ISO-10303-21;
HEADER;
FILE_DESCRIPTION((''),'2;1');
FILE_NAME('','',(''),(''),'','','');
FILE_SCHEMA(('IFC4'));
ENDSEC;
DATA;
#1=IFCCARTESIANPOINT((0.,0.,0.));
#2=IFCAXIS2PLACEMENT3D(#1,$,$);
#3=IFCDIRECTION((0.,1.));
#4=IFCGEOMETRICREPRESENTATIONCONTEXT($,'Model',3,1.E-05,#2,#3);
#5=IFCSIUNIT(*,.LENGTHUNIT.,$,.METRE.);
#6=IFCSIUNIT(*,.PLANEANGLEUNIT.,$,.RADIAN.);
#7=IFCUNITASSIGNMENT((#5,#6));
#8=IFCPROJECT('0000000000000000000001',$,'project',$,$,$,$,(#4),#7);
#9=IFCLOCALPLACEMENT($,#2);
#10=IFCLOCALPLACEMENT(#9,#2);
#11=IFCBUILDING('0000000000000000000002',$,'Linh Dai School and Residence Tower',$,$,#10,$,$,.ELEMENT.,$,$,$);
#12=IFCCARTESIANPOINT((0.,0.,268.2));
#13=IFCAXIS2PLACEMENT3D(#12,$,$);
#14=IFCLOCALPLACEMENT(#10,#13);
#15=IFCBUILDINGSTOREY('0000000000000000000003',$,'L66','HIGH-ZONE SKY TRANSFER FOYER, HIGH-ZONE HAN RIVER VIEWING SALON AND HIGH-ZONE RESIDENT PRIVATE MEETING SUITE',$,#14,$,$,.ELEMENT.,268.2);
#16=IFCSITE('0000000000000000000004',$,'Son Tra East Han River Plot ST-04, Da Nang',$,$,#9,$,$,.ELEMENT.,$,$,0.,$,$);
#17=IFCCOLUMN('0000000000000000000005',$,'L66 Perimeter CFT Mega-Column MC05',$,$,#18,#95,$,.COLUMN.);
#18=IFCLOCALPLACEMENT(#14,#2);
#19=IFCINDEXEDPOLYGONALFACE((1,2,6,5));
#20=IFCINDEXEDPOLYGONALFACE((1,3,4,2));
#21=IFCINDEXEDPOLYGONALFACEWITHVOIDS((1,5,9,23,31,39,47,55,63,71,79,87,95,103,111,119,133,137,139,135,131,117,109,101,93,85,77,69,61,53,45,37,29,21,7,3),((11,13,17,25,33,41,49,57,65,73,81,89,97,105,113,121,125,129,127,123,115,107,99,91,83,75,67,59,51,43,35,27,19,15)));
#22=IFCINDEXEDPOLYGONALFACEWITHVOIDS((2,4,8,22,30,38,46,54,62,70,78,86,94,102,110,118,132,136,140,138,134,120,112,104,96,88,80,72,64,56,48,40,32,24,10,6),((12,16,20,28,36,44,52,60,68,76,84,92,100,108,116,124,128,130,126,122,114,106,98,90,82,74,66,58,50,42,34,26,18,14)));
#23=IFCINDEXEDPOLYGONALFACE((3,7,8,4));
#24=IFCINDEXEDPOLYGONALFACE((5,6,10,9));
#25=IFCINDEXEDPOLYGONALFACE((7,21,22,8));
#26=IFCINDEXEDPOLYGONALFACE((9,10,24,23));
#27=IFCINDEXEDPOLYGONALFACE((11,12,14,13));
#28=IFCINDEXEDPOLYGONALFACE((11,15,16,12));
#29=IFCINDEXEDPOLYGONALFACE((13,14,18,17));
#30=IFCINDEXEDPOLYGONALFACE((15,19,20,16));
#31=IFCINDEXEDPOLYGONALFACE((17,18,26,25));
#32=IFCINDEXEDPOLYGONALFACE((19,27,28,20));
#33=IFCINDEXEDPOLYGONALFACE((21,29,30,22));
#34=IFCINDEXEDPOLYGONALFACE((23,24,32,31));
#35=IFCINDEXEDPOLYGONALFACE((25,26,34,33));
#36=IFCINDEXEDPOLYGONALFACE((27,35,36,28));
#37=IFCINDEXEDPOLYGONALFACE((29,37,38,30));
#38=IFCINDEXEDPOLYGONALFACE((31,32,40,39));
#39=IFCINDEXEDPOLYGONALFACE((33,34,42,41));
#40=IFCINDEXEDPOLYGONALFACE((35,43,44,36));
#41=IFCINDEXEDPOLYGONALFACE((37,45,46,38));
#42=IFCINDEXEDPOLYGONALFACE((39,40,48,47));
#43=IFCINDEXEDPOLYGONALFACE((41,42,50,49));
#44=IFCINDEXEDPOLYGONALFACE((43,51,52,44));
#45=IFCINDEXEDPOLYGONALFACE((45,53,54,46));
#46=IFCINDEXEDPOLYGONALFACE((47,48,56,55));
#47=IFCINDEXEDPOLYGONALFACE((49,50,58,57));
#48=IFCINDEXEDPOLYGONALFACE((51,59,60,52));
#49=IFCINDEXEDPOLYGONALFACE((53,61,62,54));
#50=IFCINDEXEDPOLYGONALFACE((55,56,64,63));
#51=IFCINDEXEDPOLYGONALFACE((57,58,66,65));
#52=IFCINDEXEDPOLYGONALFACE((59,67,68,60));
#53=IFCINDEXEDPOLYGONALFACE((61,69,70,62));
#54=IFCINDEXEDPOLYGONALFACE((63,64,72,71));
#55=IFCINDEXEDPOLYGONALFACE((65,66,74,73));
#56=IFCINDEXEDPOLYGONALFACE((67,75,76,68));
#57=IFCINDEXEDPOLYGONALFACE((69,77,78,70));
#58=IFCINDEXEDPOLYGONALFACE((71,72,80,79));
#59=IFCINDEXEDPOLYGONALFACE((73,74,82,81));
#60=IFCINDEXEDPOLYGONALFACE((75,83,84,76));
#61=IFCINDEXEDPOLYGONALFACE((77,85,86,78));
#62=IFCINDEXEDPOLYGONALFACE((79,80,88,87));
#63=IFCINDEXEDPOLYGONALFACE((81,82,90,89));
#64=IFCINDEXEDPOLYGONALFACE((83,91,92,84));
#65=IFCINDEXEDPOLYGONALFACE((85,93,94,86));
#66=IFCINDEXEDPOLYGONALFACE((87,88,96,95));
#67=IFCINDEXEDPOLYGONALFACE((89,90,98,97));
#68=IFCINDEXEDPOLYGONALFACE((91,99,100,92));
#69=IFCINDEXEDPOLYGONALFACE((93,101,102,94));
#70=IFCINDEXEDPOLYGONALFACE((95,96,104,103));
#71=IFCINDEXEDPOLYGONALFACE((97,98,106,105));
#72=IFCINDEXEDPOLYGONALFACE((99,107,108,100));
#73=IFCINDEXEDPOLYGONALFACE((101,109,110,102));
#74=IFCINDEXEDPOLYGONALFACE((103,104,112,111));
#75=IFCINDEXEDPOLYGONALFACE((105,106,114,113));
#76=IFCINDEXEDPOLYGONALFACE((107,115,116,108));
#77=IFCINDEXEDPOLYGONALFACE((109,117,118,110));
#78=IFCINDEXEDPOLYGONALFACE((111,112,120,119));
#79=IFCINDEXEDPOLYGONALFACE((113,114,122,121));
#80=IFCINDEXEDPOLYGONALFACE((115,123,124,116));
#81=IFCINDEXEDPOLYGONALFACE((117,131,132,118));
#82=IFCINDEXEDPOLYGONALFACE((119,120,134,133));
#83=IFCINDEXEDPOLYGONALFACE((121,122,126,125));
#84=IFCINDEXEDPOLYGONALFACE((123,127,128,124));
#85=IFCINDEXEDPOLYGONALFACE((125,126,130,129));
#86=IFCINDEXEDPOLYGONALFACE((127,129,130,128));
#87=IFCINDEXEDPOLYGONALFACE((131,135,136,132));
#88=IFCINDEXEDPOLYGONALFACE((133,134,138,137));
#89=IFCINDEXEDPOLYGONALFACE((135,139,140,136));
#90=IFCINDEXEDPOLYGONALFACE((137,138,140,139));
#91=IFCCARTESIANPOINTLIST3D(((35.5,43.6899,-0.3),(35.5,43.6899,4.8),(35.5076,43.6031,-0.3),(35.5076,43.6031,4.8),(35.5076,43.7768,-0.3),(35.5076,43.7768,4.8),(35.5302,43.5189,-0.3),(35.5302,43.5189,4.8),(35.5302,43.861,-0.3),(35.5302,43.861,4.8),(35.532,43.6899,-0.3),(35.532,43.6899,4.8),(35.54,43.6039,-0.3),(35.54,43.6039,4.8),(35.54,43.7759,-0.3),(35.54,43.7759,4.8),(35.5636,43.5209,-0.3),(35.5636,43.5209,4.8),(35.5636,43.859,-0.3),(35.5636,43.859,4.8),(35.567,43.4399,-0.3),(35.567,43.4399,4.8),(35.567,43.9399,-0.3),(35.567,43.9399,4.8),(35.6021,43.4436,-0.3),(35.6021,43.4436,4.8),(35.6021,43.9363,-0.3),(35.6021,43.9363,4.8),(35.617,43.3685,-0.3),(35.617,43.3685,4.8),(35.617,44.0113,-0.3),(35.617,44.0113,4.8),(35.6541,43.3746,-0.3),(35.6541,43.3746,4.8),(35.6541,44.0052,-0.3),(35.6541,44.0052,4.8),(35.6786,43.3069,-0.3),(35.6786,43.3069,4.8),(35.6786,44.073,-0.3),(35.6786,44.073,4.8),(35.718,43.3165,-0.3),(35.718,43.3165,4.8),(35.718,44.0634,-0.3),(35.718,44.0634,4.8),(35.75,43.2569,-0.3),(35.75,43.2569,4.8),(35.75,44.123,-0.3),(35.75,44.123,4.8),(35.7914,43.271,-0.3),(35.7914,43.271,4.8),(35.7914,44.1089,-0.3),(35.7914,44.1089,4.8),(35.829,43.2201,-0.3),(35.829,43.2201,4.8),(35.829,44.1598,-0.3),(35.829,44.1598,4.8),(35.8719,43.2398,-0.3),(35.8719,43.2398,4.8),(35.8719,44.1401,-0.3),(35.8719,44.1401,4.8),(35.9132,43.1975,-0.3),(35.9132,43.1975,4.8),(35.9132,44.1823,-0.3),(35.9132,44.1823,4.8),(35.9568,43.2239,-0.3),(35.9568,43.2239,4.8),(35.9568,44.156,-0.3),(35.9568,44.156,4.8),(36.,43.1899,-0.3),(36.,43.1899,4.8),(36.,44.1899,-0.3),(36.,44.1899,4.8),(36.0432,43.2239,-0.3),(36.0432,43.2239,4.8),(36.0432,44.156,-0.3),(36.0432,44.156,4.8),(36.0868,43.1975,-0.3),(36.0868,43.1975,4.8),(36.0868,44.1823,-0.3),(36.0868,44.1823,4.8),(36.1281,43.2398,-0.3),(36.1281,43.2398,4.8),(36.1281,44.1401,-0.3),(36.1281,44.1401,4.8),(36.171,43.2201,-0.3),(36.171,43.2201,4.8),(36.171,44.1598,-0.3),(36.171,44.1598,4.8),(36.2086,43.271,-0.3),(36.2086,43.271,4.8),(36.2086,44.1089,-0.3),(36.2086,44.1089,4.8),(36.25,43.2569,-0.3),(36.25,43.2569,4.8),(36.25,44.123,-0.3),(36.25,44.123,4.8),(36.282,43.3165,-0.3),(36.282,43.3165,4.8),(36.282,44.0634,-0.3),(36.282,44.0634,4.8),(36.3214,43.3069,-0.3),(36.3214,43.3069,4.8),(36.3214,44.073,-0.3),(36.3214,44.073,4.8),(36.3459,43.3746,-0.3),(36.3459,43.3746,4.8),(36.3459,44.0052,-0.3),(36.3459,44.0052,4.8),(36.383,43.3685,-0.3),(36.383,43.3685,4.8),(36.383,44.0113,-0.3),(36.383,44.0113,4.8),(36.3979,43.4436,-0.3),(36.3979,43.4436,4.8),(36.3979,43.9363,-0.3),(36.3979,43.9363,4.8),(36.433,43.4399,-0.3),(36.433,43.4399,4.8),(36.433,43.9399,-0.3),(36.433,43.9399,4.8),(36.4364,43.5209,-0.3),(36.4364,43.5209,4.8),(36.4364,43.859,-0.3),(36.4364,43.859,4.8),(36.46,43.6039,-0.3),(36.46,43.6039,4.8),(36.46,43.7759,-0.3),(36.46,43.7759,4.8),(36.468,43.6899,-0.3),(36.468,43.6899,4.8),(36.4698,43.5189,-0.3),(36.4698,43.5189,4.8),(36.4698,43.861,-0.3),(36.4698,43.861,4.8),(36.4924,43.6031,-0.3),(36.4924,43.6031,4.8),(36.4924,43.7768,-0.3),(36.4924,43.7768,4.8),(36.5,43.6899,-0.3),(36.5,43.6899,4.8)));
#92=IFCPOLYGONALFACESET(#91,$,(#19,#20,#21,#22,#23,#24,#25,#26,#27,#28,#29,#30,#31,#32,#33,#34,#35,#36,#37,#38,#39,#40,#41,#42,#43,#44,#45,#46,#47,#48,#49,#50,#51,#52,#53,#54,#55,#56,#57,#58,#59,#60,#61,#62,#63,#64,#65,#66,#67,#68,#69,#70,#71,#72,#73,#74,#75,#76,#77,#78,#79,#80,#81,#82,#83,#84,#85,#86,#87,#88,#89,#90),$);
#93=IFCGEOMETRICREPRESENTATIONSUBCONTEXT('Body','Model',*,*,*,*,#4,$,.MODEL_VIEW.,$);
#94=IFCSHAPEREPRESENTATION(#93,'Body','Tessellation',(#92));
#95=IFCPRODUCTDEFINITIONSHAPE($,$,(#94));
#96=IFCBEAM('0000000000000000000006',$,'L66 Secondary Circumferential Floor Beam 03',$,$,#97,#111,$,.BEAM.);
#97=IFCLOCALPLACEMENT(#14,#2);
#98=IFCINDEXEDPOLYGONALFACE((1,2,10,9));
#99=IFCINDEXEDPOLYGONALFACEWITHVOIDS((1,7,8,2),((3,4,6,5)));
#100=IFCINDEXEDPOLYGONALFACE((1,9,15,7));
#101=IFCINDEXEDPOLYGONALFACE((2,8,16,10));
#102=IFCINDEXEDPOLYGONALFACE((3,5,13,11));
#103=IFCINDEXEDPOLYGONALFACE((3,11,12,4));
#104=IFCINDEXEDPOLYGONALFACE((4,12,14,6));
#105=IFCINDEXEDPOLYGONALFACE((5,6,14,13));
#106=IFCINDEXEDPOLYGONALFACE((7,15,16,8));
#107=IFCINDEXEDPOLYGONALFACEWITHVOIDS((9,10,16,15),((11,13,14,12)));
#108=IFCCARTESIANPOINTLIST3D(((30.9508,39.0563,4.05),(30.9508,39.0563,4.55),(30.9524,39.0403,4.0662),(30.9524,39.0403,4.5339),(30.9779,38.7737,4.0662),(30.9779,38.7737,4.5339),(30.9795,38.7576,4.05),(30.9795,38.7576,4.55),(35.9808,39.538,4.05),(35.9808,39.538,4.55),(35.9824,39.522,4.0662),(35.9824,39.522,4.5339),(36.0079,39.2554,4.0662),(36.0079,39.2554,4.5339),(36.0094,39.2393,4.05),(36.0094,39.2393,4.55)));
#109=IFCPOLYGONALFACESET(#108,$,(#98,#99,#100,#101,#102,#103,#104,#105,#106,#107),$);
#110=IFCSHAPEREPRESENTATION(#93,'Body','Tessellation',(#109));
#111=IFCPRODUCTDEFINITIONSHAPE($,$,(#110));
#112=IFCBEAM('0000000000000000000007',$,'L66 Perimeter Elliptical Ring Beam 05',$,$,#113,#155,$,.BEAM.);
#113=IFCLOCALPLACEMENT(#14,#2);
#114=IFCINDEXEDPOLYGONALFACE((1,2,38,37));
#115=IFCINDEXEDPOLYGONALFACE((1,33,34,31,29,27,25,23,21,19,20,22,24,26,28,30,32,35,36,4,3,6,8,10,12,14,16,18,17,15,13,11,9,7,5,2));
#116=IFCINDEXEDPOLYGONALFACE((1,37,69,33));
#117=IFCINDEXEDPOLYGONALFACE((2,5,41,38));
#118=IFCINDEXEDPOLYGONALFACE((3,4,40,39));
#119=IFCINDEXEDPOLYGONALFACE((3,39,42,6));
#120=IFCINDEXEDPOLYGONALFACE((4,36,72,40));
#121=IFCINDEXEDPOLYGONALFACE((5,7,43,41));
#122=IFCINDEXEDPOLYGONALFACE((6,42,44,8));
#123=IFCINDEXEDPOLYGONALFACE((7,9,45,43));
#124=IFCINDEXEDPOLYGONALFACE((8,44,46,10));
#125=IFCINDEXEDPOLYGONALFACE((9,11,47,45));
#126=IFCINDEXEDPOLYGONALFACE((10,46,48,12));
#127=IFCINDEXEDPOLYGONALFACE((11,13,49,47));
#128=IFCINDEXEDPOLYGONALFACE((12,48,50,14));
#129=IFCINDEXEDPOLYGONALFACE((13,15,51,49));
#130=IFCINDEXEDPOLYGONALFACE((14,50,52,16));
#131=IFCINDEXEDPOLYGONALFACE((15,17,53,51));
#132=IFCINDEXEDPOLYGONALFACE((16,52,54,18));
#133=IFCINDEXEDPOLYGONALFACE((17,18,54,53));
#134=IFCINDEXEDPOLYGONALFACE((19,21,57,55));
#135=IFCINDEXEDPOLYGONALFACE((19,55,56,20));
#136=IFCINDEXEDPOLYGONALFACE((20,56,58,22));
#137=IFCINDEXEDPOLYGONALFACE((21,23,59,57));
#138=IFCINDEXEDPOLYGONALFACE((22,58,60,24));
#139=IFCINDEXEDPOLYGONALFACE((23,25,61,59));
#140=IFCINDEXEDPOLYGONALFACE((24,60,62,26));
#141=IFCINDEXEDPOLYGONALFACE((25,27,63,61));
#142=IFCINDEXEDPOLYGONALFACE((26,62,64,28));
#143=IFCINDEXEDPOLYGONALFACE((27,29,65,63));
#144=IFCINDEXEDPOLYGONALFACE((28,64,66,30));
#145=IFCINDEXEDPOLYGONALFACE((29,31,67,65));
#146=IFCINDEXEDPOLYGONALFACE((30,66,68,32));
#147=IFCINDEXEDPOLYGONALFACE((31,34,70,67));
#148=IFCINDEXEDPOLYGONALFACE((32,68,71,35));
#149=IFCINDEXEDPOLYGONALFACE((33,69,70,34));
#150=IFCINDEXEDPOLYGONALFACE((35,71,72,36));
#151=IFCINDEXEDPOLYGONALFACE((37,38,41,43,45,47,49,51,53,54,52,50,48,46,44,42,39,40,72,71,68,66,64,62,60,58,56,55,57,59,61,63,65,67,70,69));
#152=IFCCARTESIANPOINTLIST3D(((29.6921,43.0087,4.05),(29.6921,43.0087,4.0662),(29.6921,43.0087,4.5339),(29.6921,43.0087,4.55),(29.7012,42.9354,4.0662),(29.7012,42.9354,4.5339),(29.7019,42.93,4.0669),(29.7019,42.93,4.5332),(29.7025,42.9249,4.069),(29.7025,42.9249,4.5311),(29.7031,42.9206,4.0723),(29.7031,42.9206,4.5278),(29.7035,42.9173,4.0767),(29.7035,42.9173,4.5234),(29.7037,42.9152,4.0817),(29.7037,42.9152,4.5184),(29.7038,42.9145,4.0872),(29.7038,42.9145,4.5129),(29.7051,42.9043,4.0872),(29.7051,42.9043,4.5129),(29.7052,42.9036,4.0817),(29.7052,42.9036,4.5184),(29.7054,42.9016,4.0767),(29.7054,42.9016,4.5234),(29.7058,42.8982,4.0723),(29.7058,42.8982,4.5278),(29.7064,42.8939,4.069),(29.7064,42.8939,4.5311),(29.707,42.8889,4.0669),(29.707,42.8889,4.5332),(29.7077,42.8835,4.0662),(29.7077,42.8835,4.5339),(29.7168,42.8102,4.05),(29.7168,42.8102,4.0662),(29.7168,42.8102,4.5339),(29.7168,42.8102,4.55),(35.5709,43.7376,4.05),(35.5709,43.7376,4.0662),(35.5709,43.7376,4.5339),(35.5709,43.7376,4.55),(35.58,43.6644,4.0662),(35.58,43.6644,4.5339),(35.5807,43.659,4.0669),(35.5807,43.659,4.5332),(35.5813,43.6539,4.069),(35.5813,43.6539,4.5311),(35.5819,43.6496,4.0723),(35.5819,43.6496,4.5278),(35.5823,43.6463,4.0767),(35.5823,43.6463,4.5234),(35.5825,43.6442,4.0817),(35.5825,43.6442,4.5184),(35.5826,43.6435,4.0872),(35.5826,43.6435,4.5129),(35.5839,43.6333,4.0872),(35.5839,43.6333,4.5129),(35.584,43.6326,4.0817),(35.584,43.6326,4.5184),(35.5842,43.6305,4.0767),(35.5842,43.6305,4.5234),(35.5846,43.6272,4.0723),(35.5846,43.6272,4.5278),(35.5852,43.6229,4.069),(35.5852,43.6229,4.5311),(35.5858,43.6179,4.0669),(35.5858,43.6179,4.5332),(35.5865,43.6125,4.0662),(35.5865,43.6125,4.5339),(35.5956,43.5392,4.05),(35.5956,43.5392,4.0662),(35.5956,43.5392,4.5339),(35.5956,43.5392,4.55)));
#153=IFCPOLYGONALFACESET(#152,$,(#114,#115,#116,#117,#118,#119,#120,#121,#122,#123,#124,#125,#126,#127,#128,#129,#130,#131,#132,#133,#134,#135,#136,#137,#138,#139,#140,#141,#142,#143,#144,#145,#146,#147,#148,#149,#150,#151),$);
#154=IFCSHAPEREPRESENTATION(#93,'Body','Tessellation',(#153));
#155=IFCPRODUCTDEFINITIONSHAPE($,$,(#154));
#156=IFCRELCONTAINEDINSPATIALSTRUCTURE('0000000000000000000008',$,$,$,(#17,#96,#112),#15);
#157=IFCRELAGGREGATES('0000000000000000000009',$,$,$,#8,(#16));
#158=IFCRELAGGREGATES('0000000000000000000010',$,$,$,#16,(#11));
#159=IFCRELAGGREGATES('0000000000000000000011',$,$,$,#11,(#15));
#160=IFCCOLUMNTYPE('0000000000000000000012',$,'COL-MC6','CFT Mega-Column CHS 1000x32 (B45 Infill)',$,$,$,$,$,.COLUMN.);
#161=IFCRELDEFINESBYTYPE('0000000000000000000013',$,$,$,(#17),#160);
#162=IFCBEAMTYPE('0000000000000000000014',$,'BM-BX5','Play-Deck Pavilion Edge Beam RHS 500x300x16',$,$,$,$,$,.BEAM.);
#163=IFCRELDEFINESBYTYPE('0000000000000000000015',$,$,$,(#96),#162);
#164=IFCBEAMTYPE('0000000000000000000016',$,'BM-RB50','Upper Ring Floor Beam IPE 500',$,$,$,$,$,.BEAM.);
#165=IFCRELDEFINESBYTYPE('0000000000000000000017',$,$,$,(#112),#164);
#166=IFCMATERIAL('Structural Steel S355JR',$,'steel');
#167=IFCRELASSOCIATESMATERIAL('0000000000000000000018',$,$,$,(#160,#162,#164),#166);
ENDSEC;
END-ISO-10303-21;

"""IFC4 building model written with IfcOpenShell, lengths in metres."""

from ifc_helpers import new_model, si_unit, direction, frame, origin, origin_2d, place, context, subcontext, project, spatial, hollow_rectangle, hollow_circle, i_section, extrude, material, material_profile, profile_set, type_object, element, save


model = new_model("IFC4")

# Units and contexts
model_context = context("Model", 3, precision=1e-05, world=origin(), true_north=direction((0.0, 1.0)))
body_context = subcontext(model_context, "Body", "Model", "MODEL_VIEW")
ifc_project = project(units=[si_unit("LENGTHUNIT", "METRE"), si_unit("PLANEANGLEUNIT", "RADIAN")], contexts=[model_context])

# Site, building, storey
site_placement = place(None, origin())
site = spatial("IfcSite", under=ifc_project, at=site_placement, Name="Son Tra East Han River Plot ST-04, Da Nang", CompositionType="ELEMENT", RefElevation=0.0)
building_placement = place(site_placement, origin())
building = spatial("IfcBuilding", under=site, at=building_placement, Name="Linh Dai School and Residence Tower", CompositionType="ELEMENT")
storey_placement = place(building_placement, frame((0.0, 0.0, 268.2)))
storey = spatial("IfcBuildingStorey", under=building, at=storey_placement, Name="L66", Description="HIGH-ZONE SKY TRANSFER FOYER, HIGH-ZONE HAN RIVER VIEWING SALON AND HIGH-ZONE RESIDENT PRIVATE MEETING SUITE", CompositionType="ELEMENT", Elevation=268.2)

# Column
ifc_material_1 = material(Name="Structural Steel S355JR", Category="steel")
ifc_material_profile_1 = material_profile(ifc_material_1, hollow_circle(Radius=0.5, WallThickness=0.032, at=origin_2d()), Name="CHS 1000x32")
ifc_profile_set_1 = profile_set([ifc_material_profile_1], Name="Structural Steel S355JR")
column_type = type_object("IfcColumnType", Name="COL-MC6", Description="CFT Mega-Column CHS 1000x32 (B45 Infill)", PredefinedType="COLUMN", material=ifc_profile_set_1)
column_placement = place(storey_placement, frame((36.0, 43.6899, -0.3), z_axis=(0.0, 0.0, 1.0), x_axis=(1.0, 0.0, 0.0)))
element("IfcColumn", 1, at=column_placement, inside=storey, type_object=column_type, Name="L66 Perimeter CFT Mega-Column MC05", PredefinedType="COLUMN", context=body_context, shape_type="SweptSolid", body=[
    extrude(hollow_circle(Radius=0.5, WallThickness=0.032, at=origin_2d()), origin(), (0.0, 0.0, 1.0), 5.1001),
])

# Beams
ifc_material_profile_2 = material_profile(ifc_material_1, hollow_rectangle(XDim=0.3, YDim=0.5, WallThickness=0.0161, at=origin_2d()), Name="RHS 500x300x16")
ifc_profile_set_2 = profile_set([ifc_material_profile_2], Name="Structural Steel S355JR")
beam_type_1 = type_object("IfcBeamType", Name="BM-BX5", Description="Play-Deck Pavilion Edge Beam RHS 500x300x16", PredefinedType="BEAM", material=ifc_profile_set_2)
beam_1_placement = place(storey_placement, frame((35.9951, 39.3887, 4.3), z_axis=(-0.995446, -0.095327, 0.0), x_axis=(0.095327, -0.995446, 0.0)))
element("IfcBeam", 2, at=beam_1_placement, inside=storey, type_object=beam_type_1, Name="L66 Secondary Circumferential Floor Beam 03", PredefinedType="BEAM", context=body_context, shape_type="SweptSolid", body=[
    extrude(hollow_rectangle(XDim=0.3, YDim=0.5, WallThickness=0.0161, at=origin_2d()), origin(), (0.0, 0.0, 1.0), 5.053),
])
ifc_material_profile_3 = material_profile(ifc_material_1, i_section(OverallWidth=0.2, OverallDepth=0.5, WebThickness=0.0103, FlangeThickness=0.0161, FilletRadius=0.021, at=origin_2d()), Name="IPE 500")
ifc_profile_set_3 = profile_set([ifc_material_profile_3], Name="Structural Steel S355JR")
beam_type_2 = type_object("IfcBeamType", Name="BM-RB50", Description="Upper Ring Floor Beam IPE 500", PredefinedType="BEAM", material=ifc_profile_set_3)
beam_2_placement = place(storey_placement, frame((35.5833, 43.6384, 4.3), z_axis=(-0.992399, -0.123061, 0.0), x_axis=(0.123061, -0.992399, 0.0)))
element("IfcBeam", 3, at=beam_2_placement, inside=storey, type_object=beam_type_2, Name="L66 Perimeter Elliptical Ring Beam 05", PredefinedType="BEAM", context=body_context, shape_type="SweptSolid", body=[
    extrude(i_section(OverallWidth=0.2, OverallDepth=0.5, WebThickness=0.0103, FlangeThickness=0.0161, FilletRadius=0.021, at=origin_2d()), origin(), (0.0, 0.0, 1.0), 5.9238),
])

save(model, "model.ifc")
